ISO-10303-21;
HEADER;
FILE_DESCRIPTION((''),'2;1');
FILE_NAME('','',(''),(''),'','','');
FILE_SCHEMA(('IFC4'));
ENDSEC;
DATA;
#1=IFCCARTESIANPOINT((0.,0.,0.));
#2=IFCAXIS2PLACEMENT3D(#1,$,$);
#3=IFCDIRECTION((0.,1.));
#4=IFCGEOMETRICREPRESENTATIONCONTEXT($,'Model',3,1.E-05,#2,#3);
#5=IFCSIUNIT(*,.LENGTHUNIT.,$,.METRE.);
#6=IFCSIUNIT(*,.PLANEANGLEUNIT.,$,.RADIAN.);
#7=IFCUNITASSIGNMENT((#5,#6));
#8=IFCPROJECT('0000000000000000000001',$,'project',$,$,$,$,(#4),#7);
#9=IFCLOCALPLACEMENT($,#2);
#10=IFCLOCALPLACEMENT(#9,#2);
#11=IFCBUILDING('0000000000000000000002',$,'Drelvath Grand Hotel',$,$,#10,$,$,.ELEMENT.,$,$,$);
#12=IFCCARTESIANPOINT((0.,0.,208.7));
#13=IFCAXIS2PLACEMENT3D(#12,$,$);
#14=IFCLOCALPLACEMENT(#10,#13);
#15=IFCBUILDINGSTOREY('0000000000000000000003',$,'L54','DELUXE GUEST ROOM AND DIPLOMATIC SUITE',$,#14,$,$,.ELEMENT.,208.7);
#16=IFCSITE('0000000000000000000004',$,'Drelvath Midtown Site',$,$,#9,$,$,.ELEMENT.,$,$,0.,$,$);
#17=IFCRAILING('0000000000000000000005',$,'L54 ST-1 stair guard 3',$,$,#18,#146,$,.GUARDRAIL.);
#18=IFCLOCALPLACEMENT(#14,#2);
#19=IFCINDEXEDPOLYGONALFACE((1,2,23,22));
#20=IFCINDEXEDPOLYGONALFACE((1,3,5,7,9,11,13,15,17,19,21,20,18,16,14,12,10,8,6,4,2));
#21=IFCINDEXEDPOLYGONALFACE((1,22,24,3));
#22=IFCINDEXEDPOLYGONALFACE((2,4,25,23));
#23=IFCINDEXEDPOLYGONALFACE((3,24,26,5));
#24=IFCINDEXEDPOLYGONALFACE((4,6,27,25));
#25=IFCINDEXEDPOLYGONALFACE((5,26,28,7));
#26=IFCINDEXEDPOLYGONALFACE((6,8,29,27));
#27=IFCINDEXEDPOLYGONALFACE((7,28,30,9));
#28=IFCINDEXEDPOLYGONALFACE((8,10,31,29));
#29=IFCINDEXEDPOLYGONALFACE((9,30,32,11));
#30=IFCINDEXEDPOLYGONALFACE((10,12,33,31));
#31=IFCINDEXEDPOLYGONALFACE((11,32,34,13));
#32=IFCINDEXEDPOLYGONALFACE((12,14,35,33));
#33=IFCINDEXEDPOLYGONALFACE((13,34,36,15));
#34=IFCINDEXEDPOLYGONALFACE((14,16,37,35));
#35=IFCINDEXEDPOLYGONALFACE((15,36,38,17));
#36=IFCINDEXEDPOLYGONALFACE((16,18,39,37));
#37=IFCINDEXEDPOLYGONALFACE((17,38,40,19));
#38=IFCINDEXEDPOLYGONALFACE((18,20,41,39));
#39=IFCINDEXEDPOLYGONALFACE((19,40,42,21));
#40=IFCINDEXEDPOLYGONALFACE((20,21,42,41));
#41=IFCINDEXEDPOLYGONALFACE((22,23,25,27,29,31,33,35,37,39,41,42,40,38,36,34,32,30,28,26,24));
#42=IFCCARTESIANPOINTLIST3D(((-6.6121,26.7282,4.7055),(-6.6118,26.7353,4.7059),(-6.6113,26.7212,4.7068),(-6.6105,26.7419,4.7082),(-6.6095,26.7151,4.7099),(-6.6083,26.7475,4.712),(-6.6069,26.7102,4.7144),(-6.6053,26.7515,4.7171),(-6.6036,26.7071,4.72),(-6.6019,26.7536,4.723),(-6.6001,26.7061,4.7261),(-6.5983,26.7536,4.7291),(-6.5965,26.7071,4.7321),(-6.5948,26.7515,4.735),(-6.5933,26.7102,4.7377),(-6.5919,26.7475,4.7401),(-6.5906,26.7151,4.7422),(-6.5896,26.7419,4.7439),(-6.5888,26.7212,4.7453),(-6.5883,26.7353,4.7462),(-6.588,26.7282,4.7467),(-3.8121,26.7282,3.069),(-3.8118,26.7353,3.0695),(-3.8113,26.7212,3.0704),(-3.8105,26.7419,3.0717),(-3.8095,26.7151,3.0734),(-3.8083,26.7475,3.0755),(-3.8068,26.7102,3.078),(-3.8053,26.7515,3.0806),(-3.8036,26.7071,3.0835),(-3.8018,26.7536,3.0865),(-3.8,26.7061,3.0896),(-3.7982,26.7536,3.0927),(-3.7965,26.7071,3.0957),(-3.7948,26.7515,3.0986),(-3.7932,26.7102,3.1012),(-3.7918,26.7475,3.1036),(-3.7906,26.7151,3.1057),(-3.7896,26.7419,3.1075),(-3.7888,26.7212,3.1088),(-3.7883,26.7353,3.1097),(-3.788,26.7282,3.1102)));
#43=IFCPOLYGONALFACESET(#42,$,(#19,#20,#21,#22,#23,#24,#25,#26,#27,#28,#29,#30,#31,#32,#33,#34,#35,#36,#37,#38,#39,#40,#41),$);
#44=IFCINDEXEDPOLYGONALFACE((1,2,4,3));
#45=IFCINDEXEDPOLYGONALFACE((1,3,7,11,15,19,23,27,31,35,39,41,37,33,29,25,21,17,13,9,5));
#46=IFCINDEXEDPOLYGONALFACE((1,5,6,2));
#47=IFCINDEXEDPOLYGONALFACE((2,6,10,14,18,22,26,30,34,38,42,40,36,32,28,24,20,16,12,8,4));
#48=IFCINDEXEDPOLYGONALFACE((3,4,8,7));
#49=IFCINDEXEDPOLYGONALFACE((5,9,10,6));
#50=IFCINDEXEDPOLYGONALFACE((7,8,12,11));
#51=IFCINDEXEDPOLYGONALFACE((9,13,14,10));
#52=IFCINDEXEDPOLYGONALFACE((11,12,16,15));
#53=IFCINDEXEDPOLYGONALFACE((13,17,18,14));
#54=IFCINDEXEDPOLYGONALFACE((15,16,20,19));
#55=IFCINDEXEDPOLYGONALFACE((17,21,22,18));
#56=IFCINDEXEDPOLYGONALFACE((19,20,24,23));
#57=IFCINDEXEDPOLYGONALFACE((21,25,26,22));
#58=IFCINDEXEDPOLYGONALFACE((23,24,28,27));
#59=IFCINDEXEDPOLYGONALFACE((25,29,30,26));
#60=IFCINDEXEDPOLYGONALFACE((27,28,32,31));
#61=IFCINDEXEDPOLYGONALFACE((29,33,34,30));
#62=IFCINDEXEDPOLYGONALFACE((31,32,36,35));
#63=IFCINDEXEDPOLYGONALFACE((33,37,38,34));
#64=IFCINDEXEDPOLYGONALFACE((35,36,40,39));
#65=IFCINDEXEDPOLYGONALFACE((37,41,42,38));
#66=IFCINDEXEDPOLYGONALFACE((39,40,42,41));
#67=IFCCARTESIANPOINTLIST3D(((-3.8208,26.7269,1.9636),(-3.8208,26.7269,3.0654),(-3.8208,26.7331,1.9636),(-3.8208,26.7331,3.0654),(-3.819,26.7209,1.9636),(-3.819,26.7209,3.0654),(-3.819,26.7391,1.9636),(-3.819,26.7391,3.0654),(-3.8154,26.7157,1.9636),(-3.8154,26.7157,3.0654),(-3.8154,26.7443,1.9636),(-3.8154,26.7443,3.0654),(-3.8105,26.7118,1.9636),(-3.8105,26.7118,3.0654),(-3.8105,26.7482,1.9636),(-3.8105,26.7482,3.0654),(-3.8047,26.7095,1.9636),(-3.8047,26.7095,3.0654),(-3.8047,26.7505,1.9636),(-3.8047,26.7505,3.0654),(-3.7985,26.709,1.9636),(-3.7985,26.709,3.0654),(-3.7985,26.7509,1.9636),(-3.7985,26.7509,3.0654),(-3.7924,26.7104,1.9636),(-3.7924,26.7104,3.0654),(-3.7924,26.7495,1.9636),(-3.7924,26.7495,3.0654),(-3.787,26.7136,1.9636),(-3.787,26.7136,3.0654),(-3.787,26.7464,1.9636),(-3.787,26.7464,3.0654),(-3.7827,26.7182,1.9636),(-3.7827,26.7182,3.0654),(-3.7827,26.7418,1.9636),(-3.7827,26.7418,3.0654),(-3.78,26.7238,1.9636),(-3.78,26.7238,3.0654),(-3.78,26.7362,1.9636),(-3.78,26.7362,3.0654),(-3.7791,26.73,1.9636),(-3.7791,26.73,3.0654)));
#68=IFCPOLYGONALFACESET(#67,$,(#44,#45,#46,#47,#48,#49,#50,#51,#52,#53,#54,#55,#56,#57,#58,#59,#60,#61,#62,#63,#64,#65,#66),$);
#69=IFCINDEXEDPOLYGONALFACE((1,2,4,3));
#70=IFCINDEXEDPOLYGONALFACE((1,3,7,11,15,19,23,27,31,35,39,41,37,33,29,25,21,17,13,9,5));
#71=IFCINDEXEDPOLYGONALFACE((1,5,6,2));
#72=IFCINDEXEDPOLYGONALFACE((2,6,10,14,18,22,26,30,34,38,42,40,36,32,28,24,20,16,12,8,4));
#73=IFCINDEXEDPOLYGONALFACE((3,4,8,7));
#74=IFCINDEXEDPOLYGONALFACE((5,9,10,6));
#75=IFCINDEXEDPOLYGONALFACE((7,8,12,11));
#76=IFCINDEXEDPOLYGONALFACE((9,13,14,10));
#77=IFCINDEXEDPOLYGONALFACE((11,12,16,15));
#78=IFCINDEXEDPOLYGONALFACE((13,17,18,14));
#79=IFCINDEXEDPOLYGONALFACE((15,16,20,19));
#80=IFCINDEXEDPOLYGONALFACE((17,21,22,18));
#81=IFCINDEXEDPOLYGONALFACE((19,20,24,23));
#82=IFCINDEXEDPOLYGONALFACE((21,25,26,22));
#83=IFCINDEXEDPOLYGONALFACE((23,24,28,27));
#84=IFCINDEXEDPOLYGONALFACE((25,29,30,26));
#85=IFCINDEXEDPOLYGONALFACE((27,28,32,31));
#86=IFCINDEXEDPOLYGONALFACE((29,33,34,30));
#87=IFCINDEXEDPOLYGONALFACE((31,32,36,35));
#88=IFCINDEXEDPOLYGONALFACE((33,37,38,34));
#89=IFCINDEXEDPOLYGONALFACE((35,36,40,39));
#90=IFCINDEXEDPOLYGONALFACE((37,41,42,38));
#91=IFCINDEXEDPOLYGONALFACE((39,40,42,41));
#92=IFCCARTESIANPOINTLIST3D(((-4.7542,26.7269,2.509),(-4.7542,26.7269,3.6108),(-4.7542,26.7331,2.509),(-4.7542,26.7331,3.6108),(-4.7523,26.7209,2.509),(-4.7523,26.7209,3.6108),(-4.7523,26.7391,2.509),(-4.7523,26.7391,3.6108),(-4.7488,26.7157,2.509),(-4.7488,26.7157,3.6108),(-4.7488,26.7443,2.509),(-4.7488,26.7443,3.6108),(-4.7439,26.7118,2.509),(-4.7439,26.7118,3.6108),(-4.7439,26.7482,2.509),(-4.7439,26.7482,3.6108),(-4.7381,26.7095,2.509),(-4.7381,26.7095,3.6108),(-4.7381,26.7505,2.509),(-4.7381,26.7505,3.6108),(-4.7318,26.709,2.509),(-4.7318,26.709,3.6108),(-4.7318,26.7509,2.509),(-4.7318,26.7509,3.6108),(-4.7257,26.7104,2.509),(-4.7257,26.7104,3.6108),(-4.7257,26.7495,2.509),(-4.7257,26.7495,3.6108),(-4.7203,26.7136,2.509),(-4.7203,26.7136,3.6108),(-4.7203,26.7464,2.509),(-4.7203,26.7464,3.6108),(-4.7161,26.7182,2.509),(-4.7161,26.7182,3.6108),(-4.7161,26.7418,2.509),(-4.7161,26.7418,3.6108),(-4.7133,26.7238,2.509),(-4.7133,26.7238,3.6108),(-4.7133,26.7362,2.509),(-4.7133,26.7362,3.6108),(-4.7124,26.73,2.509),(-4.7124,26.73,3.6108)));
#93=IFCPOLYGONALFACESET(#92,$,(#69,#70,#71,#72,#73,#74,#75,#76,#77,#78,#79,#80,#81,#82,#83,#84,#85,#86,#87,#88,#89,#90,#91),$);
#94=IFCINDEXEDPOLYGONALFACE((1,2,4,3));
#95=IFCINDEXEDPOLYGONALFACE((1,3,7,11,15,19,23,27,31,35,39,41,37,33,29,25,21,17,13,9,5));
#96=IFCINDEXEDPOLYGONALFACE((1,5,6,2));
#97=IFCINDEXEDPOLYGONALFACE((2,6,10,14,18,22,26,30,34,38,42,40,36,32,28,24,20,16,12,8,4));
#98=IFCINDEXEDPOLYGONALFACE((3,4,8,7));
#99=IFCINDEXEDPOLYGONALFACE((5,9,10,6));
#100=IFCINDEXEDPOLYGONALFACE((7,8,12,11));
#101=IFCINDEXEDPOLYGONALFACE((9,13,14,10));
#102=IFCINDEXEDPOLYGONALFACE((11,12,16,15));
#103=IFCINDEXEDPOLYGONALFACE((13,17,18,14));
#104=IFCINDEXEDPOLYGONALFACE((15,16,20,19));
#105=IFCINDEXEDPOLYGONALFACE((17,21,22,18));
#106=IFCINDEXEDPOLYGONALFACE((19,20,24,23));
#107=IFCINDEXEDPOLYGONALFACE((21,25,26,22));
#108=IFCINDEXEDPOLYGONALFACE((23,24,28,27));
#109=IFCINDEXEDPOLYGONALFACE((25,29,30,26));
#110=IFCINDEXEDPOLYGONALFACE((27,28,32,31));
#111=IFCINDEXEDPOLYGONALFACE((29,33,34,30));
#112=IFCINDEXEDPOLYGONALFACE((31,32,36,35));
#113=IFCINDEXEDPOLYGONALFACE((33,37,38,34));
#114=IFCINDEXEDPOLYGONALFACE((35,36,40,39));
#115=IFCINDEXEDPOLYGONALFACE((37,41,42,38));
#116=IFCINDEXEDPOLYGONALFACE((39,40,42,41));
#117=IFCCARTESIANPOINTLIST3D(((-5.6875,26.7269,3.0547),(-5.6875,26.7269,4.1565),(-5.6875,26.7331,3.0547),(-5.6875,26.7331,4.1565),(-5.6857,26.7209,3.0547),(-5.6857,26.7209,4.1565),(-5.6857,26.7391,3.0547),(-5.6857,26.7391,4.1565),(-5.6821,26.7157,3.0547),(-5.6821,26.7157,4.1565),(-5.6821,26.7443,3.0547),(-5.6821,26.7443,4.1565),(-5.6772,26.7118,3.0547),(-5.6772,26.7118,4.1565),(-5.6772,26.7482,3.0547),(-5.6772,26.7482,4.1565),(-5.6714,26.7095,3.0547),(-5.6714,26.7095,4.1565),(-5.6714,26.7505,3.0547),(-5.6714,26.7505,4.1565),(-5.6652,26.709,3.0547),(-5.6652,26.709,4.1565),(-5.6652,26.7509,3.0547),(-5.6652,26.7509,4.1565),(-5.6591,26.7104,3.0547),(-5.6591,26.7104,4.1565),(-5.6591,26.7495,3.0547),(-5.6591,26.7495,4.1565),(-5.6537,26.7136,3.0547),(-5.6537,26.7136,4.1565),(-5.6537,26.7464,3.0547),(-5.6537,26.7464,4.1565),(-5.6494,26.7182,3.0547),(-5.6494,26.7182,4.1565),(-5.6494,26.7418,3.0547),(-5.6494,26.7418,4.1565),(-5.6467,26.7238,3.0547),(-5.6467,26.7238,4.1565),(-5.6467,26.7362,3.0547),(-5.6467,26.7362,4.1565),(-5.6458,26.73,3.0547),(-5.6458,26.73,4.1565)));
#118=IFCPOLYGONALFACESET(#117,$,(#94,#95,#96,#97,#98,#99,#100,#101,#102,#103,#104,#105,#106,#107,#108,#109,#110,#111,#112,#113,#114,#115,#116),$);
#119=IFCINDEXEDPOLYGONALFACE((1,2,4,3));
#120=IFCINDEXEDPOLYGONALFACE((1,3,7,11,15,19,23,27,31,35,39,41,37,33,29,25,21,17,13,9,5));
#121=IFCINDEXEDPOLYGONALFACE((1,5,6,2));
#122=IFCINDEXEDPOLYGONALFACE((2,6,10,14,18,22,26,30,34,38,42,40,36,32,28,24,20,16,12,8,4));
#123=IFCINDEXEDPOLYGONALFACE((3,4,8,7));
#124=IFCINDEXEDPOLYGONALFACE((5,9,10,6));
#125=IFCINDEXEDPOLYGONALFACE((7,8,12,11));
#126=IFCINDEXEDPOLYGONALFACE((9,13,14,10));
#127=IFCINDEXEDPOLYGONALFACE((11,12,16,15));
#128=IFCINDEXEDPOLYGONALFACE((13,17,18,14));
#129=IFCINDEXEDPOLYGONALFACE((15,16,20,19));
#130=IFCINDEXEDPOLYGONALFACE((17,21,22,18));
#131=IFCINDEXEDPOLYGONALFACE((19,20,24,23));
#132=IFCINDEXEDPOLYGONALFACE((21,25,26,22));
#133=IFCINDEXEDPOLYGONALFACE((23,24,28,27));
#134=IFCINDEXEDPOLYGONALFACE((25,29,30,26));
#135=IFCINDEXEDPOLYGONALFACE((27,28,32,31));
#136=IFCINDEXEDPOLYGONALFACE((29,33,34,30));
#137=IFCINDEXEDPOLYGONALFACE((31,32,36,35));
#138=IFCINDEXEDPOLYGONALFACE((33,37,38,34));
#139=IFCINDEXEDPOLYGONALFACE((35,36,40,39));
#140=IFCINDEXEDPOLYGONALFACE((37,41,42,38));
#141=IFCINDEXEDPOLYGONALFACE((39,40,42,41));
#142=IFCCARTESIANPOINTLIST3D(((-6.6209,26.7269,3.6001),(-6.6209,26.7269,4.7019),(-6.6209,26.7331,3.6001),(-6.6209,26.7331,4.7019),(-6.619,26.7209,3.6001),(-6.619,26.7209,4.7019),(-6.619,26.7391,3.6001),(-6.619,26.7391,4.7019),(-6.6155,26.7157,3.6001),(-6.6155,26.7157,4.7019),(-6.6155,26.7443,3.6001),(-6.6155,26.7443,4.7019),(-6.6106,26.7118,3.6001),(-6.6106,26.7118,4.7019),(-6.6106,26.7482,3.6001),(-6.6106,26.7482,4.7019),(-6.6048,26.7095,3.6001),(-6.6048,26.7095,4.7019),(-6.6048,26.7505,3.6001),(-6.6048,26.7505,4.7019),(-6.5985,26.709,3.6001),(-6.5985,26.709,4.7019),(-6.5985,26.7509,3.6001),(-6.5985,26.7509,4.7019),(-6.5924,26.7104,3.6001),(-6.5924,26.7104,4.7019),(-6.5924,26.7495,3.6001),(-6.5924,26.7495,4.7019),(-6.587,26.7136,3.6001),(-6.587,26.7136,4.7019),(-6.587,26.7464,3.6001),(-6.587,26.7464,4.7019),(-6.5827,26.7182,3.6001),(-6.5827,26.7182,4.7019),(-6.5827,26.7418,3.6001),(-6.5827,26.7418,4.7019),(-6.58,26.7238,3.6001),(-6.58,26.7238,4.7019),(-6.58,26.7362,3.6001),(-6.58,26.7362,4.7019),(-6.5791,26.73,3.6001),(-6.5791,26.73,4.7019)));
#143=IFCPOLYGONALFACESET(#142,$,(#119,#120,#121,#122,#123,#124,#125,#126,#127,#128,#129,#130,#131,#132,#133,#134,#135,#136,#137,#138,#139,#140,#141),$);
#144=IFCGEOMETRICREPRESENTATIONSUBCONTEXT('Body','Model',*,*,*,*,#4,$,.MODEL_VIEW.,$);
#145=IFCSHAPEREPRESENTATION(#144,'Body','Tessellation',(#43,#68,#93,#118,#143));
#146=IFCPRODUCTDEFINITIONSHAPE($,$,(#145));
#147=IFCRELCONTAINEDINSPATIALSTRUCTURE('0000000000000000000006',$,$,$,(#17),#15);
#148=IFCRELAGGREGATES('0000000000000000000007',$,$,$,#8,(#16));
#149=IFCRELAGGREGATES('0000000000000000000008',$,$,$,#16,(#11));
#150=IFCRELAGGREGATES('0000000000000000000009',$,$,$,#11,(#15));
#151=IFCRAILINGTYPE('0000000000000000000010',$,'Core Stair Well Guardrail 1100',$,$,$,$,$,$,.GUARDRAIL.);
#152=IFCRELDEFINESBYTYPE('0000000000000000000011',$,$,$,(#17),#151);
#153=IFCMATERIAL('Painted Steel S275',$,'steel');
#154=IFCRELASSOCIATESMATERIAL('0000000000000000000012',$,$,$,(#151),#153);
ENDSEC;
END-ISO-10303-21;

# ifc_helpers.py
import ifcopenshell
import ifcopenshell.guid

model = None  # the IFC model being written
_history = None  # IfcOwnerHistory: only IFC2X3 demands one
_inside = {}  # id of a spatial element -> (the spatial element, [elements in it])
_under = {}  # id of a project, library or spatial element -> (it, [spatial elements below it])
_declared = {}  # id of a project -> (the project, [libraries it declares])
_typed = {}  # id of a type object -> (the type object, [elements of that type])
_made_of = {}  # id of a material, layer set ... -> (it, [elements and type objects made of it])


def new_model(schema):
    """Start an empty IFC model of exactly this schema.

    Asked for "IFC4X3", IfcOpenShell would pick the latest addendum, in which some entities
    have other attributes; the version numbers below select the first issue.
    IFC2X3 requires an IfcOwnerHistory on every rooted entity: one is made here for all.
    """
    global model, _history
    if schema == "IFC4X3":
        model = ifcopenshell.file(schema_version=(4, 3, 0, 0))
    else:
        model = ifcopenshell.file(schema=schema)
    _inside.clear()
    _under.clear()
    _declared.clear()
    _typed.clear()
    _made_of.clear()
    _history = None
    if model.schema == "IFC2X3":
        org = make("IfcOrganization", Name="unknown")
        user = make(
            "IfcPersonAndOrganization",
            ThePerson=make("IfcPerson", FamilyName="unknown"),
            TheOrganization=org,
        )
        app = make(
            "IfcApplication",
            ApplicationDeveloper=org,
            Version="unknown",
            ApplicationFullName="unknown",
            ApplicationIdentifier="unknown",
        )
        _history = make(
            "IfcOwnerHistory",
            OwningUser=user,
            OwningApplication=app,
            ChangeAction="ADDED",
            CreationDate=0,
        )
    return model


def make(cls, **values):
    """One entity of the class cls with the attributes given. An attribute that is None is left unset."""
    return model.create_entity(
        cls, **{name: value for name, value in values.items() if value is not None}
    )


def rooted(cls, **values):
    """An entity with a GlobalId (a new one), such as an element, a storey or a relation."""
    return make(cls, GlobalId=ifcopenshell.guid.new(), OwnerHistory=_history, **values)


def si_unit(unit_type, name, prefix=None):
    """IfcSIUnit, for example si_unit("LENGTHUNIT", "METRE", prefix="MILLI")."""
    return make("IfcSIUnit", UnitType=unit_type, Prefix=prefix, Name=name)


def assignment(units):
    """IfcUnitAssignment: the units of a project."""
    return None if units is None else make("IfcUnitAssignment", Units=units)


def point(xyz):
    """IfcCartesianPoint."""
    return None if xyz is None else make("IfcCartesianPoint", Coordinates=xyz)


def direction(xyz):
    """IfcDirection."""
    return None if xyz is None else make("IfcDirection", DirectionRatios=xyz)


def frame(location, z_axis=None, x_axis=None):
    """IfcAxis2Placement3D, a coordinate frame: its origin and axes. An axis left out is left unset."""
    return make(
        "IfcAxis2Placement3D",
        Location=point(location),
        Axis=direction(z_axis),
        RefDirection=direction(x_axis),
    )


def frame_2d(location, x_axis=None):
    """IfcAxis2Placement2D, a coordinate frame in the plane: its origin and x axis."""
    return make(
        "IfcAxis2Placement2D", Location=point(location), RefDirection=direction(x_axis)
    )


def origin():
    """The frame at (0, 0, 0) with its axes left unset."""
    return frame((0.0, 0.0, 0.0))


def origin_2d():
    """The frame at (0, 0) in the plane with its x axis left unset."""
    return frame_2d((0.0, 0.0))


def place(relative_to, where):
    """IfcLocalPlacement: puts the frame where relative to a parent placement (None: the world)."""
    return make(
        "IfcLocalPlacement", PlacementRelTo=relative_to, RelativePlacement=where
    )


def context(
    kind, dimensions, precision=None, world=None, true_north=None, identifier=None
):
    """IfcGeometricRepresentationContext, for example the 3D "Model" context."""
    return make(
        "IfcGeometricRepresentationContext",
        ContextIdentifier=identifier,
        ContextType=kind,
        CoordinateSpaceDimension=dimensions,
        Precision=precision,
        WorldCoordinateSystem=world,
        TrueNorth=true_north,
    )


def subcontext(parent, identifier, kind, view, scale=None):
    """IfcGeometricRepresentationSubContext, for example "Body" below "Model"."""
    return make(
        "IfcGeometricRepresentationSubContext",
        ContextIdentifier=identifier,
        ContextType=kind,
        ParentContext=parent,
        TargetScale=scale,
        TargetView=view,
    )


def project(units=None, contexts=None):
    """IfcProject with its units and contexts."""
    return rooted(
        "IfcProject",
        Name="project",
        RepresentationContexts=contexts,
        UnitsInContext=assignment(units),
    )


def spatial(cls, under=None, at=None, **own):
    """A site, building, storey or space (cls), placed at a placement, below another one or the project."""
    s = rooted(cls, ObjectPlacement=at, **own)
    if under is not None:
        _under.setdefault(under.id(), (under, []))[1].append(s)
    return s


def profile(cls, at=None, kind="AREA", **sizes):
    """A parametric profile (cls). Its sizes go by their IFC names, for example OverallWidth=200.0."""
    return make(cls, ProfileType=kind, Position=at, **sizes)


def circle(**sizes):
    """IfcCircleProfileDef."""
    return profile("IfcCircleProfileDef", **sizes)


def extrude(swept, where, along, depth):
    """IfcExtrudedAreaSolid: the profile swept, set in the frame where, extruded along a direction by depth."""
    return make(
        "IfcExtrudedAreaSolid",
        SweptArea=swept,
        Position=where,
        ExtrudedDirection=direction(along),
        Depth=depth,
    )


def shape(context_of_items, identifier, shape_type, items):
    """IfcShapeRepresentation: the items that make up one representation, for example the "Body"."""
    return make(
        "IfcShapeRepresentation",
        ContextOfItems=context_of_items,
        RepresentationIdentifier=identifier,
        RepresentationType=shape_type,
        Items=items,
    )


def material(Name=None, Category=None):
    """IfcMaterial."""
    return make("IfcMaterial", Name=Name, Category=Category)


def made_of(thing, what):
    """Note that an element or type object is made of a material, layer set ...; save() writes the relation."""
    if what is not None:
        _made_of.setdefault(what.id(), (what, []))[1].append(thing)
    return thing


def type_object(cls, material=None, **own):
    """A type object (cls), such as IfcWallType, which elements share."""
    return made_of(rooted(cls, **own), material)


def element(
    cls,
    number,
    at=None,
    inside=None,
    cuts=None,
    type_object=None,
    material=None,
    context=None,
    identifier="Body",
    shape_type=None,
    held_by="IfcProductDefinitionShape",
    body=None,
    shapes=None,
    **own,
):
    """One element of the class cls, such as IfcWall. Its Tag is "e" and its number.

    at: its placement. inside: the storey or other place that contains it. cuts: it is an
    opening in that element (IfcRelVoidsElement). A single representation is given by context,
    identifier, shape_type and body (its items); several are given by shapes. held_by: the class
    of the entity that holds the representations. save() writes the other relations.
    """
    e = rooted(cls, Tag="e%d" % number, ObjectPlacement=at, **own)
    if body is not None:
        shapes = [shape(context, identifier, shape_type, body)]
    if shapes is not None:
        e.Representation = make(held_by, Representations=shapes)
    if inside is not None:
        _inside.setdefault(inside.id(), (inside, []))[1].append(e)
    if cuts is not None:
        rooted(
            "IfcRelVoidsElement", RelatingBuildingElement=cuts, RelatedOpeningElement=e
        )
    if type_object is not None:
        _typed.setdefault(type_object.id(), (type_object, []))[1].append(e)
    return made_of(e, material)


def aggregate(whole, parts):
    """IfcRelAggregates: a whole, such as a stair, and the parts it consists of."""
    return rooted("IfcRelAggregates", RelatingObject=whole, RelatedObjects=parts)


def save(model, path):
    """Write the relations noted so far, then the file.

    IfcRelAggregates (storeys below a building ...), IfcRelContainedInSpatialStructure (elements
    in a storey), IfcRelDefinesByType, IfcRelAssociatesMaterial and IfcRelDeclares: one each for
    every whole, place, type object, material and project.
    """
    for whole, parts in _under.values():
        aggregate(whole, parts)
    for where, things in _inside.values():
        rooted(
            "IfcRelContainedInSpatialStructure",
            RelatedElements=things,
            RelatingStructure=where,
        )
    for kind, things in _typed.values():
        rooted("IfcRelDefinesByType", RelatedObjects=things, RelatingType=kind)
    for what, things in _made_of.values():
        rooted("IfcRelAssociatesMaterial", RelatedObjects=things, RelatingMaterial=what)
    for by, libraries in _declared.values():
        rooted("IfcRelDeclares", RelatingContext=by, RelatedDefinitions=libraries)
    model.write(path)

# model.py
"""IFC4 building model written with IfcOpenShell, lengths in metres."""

from ifc_helpers import new_model, si_unit, direction, frame, origin, origin_2d, place, context, subcontext, project, spatial, circle, extrude, material, type_object, element, save


model = new_model("IFC4")

# Units and contexts
model_context = context("Model", 3, precision=1e-05, world=origin(), true_north=direction((0.0, 1.0)))
body_context = subcontext(model_context, "Body", "Model", "MODEL_VIEW")
ifc_project = project(units=[si_unit("LENGTHUNIT", "METRE"), si_unit("PLANEANGLEUNIT", "RADIAN")], contexts=[model_context])

# Site, building, storey
site_placement = place(None, origin())
site = spatial("IfcSite", under=ifc_project, at=site_placement, Name="Drelvath Midtown Site", CompositionType="ELEMENT", RefElevation=0.0)
building_placement = place(site_placement, origin())
building = spatial("IfcBuilding", under=site, at=building_placement, Name="Drelvath Grand Hotel", CompositionType="ELEMENT")
storey_placement = place(building_placement, frame((0.0, 0.0, 208.7)))
storey = spatial("IfcBuildingStorey", under=building, at=storey_placement, Name="L54", Description="DELUXE GUEST ROOM AND DIPLOMATIC SUITE", CompositionType="ELEMENT", Elevation=208.7)

# Shared definitions
ifc_material_1 = material(Name="Painted Steel S275", Category="steel")

# Railing
railing_type_1 = type_object("IfcRailingType", Name="Core Stair Well Guardrail 1100", PredefinedType="GUARDRAIL", material=ifc_material_1)
railing_1_placement = place(storey_placement, frame((-3.8, 26.73, 1.9636)))
element("IfcRailing", 1, at=railing_1_placement, inside=storey, type_object=railing_type_1, Name="L54 ST-1 stair guard 3", PredefinedType="GUARDRAIL", context=body_context, shape_type="SweptSolid", body=[
    extrude(circle(Radius=0.0239, at=origin_2d()), frame((0.0, 0.0, 1.126), z_axis=(-0.863361, 0.0, 0.504587), x_axis=(0.0, -1.0, 0.0)), (0.0, 0.0, 1.0), 3.2432),
    extrude(circle(Radius=0.021, at=origin_2d()), origin(), (0.0, 0.0, 1.0), 1.1018),
    extrude(circle(Radius=0.021, at=origin_2d()), frame((-0.9333, 0.0, 0.5454)), (0.0, 0.0, 1.0), 1.1018),
    extrude(circle(Radius=0.021, at=origin_2d()), frame((-1.8667, 0.0, 1.0911)), (0.0, 0.0, 1.0), 1.1018),
    extrude(circle(Radius=0.021, at=origin_2d()), frame((-2.8, 0.0, 1.6365)), (0.0, 0.0, 1.0), 1.1018),
])

save(model, "model.ifc")
